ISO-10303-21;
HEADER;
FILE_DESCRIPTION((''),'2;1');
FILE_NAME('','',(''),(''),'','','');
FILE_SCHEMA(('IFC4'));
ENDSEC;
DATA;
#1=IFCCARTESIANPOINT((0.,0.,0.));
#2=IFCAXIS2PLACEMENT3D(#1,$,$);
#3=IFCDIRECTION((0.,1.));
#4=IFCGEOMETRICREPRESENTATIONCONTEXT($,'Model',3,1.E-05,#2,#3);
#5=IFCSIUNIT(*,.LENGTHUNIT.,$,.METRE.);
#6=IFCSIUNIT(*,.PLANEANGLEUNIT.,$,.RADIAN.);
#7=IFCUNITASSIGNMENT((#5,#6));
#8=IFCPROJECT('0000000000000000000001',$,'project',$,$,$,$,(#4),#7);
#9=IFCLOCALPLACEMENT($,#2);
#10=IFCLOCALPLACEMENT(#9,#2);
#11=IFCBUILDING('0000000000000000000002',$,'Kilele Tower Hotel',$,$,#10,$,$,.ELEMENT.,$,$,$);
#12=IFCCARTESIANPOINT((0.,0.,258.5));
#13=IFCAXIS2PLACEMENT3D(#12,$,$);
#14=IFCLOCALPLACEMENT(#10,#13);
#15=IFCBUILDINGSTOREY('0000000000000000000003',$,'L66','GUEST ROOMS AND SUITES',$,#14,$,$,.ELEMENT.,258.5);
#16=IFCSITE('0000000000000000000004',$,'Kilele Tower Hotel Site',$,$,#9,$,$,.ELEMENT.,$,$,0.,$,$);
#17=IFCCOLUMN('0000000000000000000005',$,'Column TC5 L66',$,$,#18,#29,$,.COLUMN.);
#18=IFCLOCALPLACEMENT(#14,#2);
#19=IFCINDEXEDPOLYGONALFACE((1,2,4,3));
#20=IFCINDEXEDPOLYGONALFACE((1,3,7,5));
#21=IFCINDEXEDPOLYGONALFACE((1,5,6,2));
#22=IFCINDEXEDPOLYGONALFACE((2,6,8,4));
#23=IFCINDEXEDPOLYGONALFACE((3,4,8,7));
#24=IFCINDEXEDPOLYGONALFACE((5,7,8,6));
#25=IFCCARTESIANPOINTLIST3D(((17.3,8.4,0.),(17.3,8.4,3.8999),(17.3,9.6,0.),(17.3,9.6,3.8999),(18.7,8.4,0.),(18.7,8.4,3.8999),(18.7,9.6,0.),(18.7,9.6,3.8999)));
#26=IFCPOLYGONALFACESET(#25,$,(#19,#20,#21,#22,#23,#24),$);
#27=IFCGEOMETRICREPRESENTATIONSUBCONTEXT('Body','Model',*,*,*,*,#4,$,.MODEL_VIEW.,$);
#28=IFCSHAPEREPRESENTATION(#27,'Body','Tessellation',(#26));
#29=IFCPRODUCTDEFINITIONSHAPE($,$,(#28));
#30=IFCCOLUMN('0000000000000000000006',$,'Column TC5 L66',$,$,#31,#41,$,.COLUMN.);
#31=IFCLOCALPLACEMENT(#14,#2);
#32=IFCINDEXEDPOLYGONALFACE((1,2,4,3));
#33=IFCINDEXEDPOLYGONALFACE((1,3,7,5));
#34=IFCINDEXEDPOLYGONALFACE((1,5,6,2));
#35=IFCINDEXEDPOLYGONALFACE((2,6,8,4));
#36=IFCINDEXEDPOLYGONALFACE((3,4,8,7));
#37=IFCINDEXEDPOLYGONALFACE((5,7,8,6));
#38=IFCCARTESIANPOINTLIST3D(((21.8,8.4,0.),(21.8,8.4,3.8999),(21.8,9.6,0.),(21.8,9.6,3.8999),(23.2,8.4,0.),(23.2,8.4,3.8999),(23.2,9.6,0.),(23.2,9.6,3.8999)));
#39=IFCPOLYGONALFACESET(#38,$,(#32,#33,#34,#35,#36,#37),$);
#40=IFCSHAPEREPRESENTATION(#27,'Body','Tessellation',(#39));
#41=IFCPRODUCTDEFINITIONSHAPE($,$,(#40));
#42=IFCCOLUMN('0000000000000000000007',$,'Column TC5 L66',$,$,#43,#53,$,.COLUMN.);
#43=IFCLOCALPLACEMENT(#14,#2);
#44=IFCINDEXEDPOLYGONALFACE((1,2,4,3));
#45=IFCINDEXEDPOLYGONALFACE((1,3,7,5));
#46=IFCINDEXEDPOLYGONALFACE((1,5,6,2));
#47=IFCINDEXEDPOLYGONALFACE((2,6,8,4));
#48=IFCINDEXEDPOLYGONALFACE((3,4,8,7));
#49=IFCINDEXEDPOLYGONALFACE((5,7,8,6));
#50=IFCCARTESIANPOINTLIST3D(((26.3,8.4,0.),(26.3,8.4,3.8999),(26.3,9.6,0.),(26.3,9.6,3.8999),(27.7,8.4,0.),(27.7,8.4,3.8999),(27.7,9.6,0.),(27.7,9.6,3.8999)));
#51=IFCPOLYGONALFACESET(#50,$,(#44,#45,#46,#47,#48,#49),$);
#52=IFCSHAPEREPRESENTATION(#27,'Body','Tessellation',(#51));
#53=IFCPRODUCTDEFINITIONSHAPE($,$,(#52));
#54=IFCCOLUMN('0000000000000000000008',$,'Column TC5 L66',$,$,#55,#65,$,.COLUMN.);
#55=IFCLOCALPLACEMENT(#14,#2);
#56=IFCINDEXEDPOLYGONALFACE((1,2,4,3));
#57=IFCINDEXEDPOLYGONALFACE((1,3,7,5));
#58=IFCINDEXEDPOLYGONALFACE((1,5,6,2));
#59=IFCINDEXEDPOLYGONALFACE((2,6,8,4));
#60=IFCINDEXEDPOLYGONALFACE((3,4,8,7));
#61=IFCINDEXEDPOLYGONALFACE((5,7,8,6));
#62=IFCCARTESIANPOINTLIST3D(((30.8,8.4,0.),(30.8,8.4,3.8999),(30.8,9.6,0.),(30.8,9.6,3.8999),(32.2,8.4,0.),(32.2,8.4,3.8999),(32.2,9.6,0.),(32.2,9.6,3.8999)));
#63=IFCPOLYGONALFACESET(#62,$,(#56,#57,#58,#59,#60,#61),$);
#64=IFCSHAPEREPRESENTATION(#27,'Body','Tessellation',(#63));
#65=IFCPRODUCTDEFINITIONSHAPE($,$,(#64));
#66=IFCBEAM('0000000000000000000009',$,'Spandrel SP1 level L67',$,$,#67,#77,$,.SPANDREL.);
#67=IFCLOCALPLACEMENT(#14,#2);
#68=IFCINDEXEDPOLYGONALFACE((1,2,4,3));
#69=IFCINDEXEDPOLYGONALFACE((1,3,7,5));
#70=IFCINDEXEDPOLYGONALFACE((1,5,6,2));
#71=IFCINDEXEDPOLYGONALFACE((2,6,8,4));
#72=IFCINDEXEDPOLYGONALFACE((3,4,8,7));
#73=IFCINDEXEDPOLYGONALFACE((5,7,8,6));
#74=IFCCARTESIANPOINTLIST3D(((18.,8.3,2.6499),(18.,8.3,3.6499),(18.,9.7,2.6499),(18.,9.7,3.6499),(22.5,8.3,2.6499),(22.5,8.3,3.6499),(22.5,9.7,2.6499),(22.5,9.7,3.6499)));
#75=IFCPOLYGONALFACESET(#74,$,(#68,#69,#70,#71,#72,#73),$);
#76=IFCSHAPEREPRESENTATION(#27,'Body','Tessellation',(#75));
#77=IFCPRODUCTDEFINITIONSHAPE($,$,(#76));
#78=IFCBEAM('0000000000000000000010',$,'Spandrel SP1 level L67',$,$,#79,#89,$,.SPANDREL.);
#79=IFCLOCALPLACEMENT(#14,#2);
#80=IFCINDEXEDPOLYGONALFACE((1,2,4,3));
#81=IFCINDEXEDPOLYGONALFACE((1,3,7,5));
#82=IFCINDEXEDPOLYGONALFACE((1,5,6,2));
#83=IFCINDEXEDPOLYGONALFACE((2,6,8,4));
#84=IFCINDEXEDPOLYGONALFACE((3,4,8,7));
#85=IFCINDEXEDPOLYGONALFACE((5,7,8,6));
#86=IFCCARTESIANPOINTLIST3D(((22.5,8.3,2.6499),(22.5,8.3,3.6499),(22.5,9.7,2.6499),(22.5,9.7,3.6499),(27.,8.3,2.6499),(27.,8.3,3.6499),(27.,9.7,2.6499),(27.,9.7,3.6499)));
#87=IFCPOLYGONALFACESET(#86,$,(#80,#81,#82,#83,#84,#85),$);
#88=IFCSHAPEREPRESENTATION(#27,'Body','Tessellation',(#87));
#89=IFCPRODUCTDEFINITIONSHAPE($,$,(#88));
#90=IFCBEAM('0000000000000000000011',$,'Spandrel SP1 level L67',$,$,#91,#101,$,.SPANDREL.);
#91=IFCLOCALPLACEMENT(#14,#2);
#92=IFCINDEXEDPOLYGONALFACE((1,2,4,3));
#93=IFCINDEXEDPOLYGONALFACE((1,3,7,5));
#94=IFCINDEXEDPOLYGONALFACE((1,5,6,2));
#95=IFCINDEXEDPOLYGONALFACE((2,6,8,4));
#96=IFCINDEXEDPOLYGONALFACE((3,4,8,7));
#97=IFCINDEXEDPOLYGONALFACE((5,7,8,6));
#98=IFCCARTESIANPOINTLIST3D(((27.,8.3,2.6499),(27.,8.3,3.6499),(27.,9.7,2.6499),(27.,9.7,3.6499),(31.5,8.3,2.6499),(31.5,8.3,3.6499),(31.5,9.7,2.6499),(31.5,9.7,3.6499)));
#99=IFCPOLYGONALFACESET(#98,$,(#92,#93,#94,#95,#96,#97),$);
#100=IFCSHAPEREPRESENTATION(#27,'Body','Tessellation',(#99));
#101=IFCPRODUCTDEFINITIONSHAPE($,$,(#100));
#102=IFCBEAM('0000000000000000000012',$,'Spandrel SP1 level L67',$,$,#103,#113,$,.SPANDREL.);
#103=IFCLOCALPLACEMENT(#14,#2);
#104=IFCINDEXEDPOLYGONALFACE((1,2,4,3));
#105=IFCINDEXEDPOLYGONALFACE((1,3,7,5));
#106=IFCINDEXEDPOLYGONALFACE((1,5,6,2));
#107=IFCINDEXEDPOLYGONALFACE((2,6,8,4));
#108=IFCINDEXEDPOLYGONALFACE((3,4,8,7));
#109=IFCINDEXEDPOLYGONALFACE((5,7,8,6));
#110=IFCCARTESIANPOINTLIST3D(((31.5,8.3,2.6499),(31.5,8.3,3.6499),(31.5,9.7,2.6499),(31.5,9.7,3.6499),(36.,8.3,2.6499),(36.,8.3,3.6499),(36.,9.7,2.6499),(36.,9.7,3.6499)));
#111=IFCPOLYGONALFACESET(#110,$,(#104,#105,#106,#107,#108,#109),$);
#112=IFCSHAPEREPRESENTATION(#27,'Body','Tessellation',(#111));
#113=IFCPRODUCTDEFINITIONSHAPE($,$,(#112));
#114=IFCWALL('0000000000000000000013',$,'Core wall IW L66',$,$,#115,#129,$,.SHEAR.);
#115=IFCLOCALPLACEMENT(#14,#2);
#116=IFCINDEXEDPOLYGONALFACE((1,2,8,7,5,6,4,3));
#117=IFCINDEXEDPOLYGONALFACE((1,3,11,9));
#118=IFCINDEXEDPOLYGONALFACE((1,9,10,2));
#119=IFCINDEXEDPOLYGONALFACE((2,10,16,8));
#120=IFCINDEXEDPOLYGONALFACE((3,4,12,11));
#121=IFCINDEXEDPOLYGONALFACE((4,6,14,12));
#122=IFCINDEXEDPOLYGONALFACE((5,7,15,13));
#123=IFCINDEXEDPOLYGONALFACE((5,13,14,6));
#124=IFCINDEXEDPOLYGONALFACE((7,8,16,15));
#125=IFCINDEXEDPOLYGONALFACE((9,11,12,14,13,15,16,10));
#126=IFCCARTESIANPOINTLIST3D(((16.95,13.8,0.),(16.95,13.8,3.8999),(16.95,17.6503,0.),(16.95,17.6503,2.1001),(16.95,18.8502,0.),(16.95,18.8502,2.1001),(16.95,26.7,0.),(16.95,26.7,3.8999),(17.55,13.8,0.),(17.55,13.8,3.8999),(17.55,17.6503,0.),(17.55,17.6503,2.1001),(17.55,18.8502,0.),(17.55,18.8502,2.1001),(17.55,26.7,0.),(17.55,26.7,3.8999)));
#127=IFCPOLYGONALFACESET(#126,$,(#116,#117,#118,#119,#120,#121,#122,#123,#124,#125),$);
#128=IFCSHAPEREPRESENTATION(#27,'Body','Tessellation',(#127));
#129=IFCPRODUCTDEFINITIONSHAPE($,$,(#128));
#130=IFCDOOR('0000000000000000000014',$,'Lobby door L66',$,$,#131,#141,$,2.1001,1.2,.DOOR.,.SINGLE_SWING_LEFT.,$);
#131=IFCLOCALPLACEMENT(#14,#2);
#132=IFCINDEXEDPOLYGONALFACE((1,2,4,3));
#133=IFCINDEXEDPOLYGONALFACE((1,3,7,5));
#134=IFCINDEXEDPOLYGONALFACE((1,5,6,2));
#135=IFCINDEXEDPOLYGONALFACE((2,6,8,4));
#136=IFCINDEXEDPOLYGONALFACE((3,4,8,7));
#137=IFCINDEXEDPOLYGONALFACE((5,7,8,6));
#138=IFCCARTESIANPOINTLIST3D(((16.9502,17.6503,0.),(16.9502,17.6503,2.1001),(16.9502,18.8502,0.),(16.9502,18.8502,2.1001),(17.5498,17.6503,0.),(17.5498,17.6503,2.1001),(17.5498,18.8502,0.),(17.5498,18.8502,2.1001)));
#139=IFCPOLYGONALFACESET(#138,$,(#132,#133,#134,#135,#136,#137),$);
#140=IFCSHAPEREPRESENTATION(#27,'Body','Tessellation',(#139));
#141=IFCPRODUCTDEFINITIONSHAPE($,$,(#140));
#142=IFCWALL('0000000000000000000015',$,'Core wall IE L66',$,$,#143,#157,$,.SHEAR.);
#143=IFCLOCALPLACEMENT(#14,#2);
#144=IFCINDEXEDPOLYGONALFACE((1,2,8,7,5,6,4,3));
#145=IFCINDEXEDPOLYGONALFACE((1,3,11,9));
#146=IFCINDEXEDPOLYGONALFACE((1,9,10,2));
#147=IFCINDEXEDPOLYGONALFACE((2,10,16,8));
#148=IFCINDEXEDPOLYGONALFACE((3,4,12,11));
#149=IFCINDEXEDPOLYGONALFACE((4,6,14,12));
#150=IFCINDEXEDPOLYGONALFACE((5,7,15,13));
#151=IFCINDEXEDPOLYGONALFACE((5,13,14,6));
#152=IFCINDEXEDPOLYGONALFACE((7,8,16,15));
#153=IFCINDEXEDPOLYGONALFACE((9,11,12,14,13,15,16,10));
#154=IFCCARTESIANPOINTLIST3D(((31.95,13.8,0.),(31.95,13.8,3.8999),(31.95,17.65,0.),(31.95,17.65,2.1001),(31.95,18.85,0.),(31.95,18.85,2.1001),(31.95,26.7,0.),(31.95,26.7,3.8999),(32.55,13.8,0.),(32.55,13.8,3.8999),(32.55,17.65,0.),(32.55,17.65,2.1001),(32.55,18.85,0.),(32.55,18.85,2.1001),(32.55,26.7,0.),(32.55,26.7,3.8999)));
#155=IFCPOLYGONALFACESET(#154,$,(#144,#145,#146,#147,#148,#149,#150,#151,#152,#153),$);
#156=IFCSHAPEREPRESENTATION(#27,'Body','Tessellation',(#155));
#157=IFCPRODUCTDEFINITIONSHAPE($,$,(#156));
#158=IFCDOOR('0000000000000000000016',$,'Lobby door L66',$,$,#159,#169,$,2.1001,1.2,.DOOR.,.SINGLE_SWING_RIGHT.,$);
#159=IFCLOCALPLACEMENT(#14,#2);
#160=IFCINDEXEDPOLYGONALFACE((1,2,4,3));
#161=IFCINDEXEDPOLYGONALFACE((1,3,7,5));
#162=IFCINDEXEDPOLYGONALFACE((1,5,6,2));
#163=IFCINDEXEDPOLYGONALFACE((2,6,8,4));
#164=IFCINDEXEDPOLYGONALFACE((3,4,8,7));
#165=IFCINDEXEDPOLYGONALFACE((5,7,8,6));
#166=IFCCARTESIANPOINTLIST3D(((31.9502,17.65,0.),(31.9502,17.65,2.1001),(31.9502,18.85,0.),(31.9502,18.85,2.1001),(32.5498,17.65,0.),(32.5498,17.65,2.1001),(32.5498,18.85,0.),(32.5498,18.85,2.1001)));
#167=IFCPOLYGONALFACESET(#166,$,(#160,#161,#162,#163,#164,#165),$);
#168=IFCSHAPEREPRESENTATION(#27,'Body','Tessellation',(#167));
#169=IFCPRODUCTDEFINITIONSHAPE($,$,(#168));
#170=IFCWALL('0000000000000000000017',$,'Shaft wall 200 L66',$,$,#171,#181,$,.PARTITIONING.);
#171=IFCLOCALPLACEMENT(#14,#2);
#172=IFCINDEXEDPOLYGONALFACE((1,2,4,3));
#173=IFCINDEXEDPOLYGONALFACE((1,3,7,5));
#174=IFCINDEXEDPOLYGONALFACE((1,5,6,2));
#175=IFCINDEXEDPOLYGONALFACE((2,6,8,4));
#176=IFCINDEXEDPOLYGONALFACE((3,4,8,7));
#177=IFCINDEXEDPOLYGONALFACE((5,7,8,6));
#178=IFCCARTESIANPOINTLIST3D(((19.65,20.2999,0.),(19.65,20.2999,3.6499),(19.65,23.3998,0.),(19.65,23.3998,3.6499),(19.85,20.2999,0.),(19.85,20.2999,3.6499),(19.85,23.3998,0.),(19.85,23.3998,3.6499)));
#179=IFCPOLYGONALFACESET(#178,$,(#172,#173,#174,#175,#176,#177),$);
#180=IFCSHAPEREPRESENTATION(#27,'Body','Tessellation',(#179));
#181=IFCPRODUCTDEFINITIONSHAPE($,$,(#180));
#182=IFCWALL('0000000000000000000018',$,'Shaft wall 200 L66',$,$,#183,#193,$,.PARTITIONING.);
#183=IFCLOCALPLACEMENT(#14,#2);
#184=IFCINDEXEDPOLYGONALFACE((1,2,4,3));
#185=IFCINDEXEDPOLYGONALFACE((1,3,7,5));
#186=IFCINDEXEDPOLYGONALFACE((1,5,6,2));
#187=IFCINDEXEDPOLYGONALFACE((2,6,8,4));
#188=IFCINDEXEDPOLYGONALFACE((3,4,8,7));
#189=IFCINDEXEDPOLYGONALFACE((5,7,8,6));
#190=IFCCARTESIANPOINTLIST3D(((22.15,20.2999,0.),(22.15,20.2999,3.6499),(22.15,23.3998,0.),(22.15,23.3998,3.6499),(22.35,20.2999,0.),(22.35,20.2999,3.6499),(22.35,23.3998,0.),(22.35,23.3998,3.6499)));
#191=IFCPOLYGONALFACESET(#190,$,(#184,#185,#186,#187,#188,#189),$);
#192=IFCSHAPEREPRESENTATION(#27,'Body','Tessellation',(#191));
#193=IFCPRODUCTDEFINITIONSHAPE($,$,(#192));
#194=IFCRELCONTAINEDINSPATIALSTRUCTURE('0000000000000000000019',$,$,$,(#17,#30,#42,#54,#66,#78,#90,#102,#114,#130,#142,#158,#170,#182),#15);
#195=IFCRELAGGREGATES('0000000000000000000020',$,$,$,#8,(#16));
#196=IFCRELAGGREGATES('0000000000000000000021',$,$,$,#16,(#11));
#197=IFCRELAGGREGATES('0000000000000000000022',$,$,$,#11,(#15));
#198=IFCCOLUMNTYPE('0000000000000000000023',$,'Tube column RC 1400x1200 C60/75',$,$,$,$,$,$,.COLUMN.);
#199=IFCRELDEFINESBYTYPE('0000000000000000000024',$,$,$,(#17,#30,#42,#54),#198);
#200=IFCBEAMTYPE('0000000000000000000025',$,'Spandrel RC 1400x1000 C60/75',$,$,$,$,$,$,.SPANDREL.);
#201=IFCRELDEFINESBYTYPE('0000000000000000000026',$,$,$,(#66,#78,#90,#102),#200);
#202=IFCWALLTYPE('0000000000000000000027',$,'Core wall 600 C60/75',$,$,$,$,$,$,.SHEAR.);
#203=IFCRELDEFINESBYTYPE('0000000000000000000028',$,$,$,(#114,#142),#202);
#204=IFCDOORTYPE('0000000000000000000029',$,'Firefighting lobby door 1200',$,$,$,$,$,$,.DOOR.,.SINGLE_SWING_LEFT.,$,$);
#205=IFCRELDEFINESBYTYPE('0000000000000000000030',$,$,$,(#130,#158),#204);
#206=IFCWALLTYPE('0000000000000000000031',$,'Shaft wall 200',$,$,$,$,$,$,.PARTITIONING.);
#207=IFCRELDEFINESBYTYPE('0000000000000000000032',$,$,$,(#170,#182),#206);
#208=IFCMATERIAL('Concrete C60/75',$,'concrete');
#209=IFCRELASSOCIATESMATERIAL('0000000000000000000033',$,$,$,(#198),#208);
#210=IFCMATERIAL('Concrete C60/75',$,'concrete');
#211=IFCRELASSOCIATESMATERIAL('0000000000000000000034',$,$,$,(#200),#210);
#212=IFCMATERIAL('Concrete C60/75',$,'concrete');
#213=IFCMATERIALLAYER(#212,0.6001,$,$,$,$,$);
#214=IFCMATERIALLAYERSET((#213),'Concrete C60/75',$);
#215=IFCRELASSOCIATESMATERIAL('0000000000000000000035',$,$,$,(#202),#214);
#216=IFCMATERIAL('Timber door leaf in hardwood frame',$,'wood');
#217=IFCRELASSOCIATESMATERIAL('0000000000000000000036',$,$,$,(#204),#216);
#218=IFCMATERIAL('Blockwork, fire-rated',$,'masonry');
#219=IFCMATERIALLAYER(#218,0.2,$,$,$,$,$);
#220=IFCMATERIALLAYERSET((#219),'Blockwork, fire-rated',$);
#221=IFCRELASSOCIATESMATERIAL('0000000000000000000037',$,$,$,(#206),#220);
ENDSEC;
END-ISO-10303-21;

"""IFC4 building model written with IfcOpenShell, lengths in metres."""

from ifc_helpers import new_model, si_unit, direction, frame, frame_2d, origin, origin_2d, place, context, subcontext, project, spatial, rectangle, extrude, material, layer, layer_set, material_profile, profile_set, type_object, element, fill, save


model = new_model("IFC4")

# Units and contexts
model_context = context("Model", 3, precision=1e-05, world=origin(), true_north=direction((0.0, 1.0)))
body_context = subcontext(model_context, "Body", "Model", "MODEL_VIEW")
ifc_project = project(units=[si_unit("LENGTHUNIT", "METRE"), si_unit("PLANEANGLEUNIT", "RADIAN")], contexts=[model_context])

# Site, building, storey
site_placement = place(None, origin())
site = spatial("IfcSite", under=ifc_project, at=site_placement, Name="Kilele Tower Hotel Site", CompositionType="ELEMENT", RefElevation=0.0)
building_placement = place(site_placement, origin())
building = spatial("IfcBuilding", under=site, at=building_placement, Name="Kilele Tower Hotel", CompositionType="ELEMENT")
storey_placement = place(building_placement, frame((0.0, 0.0, 258.5)))
storey = spatial("IfcBuildingStorey", under=building, at=storey_placement, Name="L66", Description="GUEST ROOMS AND SUITES", CompositionType="ELEMENT", Elevation=258.5)

# Columns
ifc_material_1 = material(Name="Concrete C60/75", Category="concrete")
ifc_material_profile_1 = material_profile(ifc_material_1, rectangle(XDim=1.3999, YDim=1.2, at=origin_2d()))
ifc_profile_set_1 = profile_set([ifc_material_profile_1], Name="Concrete C60/75")
column_type = type_object("IfcColumnType", Name="Tube column RC 1400x1200 C60/75", PredefinedType="COLUMN", material=ifc_profile_set_1)
for number, where, z_axis, x_axis, name in (
    (1, (18.0, 9.0, 0.0), (0.0, 0.0, 1.0), (1.0, 0.0, 0.0), "Column TC5 L66"),
    (2, (22.5, 9.0, 0.0), (0.0, 0.0, 1.0), (1.0, 0.0, 0.0), "Column TC5 L66"),
    (3, (27.0, 9.0, 0.0), (0.0, 0.0, 1.0), (1.0, 0.0, 0.0), "Column TC5 L66"),
    (4, (31.5, 9.0, 0.0), (0.0, 0.0, 1.0), (1.0, 0.0, 0.0), "Column TC5 L66"),
):
    element("IfcColumn", number, at=place(storey_placement, frame(where, z_axis=z_axis, x_axis=x_axis)), inside=storey, type_object=column_type, Name=name, PredefinedType="COLUMN", context=body_context, shape_type="SweptSolid", body=[
        extrude(rectangle(XDim=1.3999, YDim=1.2, at=origin_2d()), origin(), (0.0, 0.0, 1.0), 3.8999),
    ])

# Beams
ifc_material_2 = material(Name="Concrete C60/75", Category="concrete")
ifc_material_profile_2 = material_profile(ifc_material_2, rectangle(XDim=1.3999, YDim=1.0, at=origin_2d()))
ifc_profile_set_2 = profile_set([ifc_material_profile_2], Name="Concrete C60/75")
beam_type = type_object("IfcBeamType", Name="Spandrel RC 1400x1000 C60/75", PredefinedType="SPANDREL", material=ifc_profile_set_2)
for number, where, z_axis, x_axis, name in (
    (5, (18.0, 9.0, 3.1499), (1.0, 0.0, 0.0), (0.0, 1.0, 0.0), "Spandrel SP1 level L67"),
    (6, (22.5, 9.0, 3.1499), (1.0, 0.0, 0.0), (0.0, 1.0, 0.0), "Spandrel SP1 level L67"),
    (7, (27.0, 9.0, 3.1499), (1.0, 0.0, 0.0), (0.0, 1.0, 0.0), "Spandrel SP1 level L67"),
    (8, (31.5, 9.0, 3.1499), (1.0, 0.0, 0.0), (0.0, 1.0, 0.0), "Spandrel SP1 level L67"),
):
    element("IfcBeam", number, at=place(storey_placement, frame(where, z_axis=z_axis, x_axis=x_axis)), inside=storey, type_object=beam_type, Name=name, PredefinedType="SPANDREL", context=body_context, shape_type="SweptSolid", body=[
        extrude(rectangle(XDim=1.3999, YDim=1.0, at=origin_2d()), origin(), (0.0, 0.0, 1.0), 4.5),
    ])

# Walls, openings, doors
ifc_material_3 = material(Name="Concrete C60/75", Category="concrete")
ifc_layer_1 = layer(ifc_material_3, 0.6001)
ifc_layer_set_1 = layer_set([ifc_layer_1], Name="Concrete C60/75")
wall_type_1 = type_object("IfcWallType", Name="Core wall 600 C60/75", PredefinedType="SHEAR", material=ifc_layer_set_1)
wall_1_placement = place(storey_placement, frame((17.25, 13.8, 0.0), z_axis=(0.0, 0.0, 1.0), x_axis=(0.0, 1.0, 0.0)))
wall_1 = element("IfcWall", 9, at=wall_1_placement, inside=storey, type_object=wall_type_1, Name="Core wall IW L66", PredefinedType="SHEAR", context=body_context, shape_type="SweptSolid", body=[
    extrude(rectangle(XDim=12.8999, YDim=0.6001, at=frame_2d((6.45, 0.0))), origin(), (0.0, 0.0, 1.0), 3.8999),
])
opening_1_placement = place(wall_1_placement, frame((3.8501, 0.0, 0.0)))
opening_1 = element("IfcOpeningElement", 10, at=opening_1_placement, cuts=wall_1, PredefinedType="OPENING", context=body_context, shape_type="SweptSolid", body=[
    extrude(rectangle(XDim=1.2, YDim=2.1001, at=frame_2d((0.6001, 1.05))), frame((0.0, 0.3101, 0.0), z_axis=(0.0, -1.0, 0.0), x_axis=(1.0, 0.0, 0.0)), (0.0, 0.0, 1.0), 0.6201),
])
ifc_material_4 = material(Name="Timber door leaf in hardwood frame", Category="wood")
door_type = type_object("IfcDoorType", Name="Firefighting lobby door 1200", OperationType="SINGLE_SWING_LEFT", PredefinedType="DOOR", material=ifc_material_4)
door_1_placement = place(opening_1_placement, origin())
door_1 = element("IfcDoor", 11, at=door_1_placement, inside=storey, type_object=door_type, Name="Lobby door L66", OperationType="SINGLE_SWING_LEFT", OverallHeight=2.1001, OverallWidth=1.2, PredefinedType="DOOR", context=body_context, shape_type="SweptSolid", body=[
    extrude(rectangle(XDim=1.2, YDim=2.1001, at=frame_2d((0.6001, 1.05))), frame((0.0, 0.2998, 0.0), z_axis=(0.0, -1.0, 0.0), x_axis=(1.0, 0.0, 0.0)), (0.0, 0.0, 1.0), 0.5996),
])
fill(opening_1, door_1)
wall_2_placement = place(storey_placement, frame((32.25, 13.8, 0.0), z_axis=(0.0, 0.0, 1.0), x_axis=(0.0, 1.0, 0.0)))
wall_2 = element("IfcWall", 12, at=wall_2_placement, inside=storey, type_object=wall_type_1, Name="Core wall IE L66", PredefinedType="SHEAR", context=body_context, shape_type="SweptSolid", body=[
    extrude(rectangle(XDim=12.8999, YDim=0.6001, at=frame_2d((6.45, 0.0))), origin(), (0.0, 0.0, 1.0), 3.8999),
])
opening_2_placement = place(wall_2_placement, frame((5.05, 0.0, 0.0), z_axis=(0.0, 0.0, 1.0), x_axis=(-1.0, 0.0, 0.0)))
opening_2 = element("IfcOpeningElement", 13, at=opening_2_placement, cuts=wall_2, PredefinedType="OPENING", context=body_context, shape_type="SweptSolid", body=[
    extrude(rectangle(XDim=1.2, YDim=2.1001, at=frame_2d((0.6001, 1.05))), frame((0.0, 0.3101, 0.0), z_axis=(0.0, -1.0, 0.0), x_axis=(1.0, 0.0, 0.0)), (0.0, 0.0, 1.0), 0.6201),
])
door_2_placement = place(opening_2_placement, origin())
door_2 = element("IfcDoor", 14, at=door_2_placement, inside=storey, type_object=door_type, Name="Lobby door L66", OperationType="SINGLE_SWING_RIGHT", OverallHeight=2.1001, OverallWidth=1.2, PredefinedType="DOOR", context=body_context, shape_type="SweptSolid", body=[
    extrude(rectangle(XDim=1.2, YDim=2.1001, at=frame_2d((0.6001, 1.05))), frame((0.0, 0.2998, 0.0), z_axis=(0.0, -1.0, 0.0), x_axis=(1.0, 0.0, 0.0)), (0.0, 0.0, 1.0), 0.5996),
])
fill(opening_2, door_2)

# Walls
ifc_material_5 = material(Name="Blockwork, fire-rated", Category="masonry")
ifc_layer_2 = layer(ifc_material_5, 0.2)
ifc_layer_set_2 = layer_set([ifc_layer_2], Name="Blockwork, fire-rated")
wall_type_2 = type_object("IfcWallType", Name="Shaft wall 200", PredefinedType="PARTITIONING", material=ifc_layer_set_2)
for number, where, z_axis, x_axis, name in (
    (15, (19.75, 20.3, 0.0), (0.0, 0.0, 1.0), (0.0, 1.0, 0.0), "Shaft wall 200 L66"),
    (16, (22.25, 20.3, 0.0), (0.0, 0.0, 1.0), (0.0, 1.0, 0.0), "Shaft wall 200 L66"),
):
    element("IfcWall", number, at=place(storey_placement, frame(where, z_axis=z_axis, x_axis=x_axis)), inside=storey, type_object=wall_type_2, Name=name, PredefinedType="PARTITIONING", context=body_context, shape_type="SweptSolid", body=[
        extrude(rectangle(XDim=3.0999, YDim=0.2, at=frame_2d((1.5498, 0.0))), origin(), (0.0, 0.0, 1.0), 3.6499),
    ])

save(model, "model.ifc")
